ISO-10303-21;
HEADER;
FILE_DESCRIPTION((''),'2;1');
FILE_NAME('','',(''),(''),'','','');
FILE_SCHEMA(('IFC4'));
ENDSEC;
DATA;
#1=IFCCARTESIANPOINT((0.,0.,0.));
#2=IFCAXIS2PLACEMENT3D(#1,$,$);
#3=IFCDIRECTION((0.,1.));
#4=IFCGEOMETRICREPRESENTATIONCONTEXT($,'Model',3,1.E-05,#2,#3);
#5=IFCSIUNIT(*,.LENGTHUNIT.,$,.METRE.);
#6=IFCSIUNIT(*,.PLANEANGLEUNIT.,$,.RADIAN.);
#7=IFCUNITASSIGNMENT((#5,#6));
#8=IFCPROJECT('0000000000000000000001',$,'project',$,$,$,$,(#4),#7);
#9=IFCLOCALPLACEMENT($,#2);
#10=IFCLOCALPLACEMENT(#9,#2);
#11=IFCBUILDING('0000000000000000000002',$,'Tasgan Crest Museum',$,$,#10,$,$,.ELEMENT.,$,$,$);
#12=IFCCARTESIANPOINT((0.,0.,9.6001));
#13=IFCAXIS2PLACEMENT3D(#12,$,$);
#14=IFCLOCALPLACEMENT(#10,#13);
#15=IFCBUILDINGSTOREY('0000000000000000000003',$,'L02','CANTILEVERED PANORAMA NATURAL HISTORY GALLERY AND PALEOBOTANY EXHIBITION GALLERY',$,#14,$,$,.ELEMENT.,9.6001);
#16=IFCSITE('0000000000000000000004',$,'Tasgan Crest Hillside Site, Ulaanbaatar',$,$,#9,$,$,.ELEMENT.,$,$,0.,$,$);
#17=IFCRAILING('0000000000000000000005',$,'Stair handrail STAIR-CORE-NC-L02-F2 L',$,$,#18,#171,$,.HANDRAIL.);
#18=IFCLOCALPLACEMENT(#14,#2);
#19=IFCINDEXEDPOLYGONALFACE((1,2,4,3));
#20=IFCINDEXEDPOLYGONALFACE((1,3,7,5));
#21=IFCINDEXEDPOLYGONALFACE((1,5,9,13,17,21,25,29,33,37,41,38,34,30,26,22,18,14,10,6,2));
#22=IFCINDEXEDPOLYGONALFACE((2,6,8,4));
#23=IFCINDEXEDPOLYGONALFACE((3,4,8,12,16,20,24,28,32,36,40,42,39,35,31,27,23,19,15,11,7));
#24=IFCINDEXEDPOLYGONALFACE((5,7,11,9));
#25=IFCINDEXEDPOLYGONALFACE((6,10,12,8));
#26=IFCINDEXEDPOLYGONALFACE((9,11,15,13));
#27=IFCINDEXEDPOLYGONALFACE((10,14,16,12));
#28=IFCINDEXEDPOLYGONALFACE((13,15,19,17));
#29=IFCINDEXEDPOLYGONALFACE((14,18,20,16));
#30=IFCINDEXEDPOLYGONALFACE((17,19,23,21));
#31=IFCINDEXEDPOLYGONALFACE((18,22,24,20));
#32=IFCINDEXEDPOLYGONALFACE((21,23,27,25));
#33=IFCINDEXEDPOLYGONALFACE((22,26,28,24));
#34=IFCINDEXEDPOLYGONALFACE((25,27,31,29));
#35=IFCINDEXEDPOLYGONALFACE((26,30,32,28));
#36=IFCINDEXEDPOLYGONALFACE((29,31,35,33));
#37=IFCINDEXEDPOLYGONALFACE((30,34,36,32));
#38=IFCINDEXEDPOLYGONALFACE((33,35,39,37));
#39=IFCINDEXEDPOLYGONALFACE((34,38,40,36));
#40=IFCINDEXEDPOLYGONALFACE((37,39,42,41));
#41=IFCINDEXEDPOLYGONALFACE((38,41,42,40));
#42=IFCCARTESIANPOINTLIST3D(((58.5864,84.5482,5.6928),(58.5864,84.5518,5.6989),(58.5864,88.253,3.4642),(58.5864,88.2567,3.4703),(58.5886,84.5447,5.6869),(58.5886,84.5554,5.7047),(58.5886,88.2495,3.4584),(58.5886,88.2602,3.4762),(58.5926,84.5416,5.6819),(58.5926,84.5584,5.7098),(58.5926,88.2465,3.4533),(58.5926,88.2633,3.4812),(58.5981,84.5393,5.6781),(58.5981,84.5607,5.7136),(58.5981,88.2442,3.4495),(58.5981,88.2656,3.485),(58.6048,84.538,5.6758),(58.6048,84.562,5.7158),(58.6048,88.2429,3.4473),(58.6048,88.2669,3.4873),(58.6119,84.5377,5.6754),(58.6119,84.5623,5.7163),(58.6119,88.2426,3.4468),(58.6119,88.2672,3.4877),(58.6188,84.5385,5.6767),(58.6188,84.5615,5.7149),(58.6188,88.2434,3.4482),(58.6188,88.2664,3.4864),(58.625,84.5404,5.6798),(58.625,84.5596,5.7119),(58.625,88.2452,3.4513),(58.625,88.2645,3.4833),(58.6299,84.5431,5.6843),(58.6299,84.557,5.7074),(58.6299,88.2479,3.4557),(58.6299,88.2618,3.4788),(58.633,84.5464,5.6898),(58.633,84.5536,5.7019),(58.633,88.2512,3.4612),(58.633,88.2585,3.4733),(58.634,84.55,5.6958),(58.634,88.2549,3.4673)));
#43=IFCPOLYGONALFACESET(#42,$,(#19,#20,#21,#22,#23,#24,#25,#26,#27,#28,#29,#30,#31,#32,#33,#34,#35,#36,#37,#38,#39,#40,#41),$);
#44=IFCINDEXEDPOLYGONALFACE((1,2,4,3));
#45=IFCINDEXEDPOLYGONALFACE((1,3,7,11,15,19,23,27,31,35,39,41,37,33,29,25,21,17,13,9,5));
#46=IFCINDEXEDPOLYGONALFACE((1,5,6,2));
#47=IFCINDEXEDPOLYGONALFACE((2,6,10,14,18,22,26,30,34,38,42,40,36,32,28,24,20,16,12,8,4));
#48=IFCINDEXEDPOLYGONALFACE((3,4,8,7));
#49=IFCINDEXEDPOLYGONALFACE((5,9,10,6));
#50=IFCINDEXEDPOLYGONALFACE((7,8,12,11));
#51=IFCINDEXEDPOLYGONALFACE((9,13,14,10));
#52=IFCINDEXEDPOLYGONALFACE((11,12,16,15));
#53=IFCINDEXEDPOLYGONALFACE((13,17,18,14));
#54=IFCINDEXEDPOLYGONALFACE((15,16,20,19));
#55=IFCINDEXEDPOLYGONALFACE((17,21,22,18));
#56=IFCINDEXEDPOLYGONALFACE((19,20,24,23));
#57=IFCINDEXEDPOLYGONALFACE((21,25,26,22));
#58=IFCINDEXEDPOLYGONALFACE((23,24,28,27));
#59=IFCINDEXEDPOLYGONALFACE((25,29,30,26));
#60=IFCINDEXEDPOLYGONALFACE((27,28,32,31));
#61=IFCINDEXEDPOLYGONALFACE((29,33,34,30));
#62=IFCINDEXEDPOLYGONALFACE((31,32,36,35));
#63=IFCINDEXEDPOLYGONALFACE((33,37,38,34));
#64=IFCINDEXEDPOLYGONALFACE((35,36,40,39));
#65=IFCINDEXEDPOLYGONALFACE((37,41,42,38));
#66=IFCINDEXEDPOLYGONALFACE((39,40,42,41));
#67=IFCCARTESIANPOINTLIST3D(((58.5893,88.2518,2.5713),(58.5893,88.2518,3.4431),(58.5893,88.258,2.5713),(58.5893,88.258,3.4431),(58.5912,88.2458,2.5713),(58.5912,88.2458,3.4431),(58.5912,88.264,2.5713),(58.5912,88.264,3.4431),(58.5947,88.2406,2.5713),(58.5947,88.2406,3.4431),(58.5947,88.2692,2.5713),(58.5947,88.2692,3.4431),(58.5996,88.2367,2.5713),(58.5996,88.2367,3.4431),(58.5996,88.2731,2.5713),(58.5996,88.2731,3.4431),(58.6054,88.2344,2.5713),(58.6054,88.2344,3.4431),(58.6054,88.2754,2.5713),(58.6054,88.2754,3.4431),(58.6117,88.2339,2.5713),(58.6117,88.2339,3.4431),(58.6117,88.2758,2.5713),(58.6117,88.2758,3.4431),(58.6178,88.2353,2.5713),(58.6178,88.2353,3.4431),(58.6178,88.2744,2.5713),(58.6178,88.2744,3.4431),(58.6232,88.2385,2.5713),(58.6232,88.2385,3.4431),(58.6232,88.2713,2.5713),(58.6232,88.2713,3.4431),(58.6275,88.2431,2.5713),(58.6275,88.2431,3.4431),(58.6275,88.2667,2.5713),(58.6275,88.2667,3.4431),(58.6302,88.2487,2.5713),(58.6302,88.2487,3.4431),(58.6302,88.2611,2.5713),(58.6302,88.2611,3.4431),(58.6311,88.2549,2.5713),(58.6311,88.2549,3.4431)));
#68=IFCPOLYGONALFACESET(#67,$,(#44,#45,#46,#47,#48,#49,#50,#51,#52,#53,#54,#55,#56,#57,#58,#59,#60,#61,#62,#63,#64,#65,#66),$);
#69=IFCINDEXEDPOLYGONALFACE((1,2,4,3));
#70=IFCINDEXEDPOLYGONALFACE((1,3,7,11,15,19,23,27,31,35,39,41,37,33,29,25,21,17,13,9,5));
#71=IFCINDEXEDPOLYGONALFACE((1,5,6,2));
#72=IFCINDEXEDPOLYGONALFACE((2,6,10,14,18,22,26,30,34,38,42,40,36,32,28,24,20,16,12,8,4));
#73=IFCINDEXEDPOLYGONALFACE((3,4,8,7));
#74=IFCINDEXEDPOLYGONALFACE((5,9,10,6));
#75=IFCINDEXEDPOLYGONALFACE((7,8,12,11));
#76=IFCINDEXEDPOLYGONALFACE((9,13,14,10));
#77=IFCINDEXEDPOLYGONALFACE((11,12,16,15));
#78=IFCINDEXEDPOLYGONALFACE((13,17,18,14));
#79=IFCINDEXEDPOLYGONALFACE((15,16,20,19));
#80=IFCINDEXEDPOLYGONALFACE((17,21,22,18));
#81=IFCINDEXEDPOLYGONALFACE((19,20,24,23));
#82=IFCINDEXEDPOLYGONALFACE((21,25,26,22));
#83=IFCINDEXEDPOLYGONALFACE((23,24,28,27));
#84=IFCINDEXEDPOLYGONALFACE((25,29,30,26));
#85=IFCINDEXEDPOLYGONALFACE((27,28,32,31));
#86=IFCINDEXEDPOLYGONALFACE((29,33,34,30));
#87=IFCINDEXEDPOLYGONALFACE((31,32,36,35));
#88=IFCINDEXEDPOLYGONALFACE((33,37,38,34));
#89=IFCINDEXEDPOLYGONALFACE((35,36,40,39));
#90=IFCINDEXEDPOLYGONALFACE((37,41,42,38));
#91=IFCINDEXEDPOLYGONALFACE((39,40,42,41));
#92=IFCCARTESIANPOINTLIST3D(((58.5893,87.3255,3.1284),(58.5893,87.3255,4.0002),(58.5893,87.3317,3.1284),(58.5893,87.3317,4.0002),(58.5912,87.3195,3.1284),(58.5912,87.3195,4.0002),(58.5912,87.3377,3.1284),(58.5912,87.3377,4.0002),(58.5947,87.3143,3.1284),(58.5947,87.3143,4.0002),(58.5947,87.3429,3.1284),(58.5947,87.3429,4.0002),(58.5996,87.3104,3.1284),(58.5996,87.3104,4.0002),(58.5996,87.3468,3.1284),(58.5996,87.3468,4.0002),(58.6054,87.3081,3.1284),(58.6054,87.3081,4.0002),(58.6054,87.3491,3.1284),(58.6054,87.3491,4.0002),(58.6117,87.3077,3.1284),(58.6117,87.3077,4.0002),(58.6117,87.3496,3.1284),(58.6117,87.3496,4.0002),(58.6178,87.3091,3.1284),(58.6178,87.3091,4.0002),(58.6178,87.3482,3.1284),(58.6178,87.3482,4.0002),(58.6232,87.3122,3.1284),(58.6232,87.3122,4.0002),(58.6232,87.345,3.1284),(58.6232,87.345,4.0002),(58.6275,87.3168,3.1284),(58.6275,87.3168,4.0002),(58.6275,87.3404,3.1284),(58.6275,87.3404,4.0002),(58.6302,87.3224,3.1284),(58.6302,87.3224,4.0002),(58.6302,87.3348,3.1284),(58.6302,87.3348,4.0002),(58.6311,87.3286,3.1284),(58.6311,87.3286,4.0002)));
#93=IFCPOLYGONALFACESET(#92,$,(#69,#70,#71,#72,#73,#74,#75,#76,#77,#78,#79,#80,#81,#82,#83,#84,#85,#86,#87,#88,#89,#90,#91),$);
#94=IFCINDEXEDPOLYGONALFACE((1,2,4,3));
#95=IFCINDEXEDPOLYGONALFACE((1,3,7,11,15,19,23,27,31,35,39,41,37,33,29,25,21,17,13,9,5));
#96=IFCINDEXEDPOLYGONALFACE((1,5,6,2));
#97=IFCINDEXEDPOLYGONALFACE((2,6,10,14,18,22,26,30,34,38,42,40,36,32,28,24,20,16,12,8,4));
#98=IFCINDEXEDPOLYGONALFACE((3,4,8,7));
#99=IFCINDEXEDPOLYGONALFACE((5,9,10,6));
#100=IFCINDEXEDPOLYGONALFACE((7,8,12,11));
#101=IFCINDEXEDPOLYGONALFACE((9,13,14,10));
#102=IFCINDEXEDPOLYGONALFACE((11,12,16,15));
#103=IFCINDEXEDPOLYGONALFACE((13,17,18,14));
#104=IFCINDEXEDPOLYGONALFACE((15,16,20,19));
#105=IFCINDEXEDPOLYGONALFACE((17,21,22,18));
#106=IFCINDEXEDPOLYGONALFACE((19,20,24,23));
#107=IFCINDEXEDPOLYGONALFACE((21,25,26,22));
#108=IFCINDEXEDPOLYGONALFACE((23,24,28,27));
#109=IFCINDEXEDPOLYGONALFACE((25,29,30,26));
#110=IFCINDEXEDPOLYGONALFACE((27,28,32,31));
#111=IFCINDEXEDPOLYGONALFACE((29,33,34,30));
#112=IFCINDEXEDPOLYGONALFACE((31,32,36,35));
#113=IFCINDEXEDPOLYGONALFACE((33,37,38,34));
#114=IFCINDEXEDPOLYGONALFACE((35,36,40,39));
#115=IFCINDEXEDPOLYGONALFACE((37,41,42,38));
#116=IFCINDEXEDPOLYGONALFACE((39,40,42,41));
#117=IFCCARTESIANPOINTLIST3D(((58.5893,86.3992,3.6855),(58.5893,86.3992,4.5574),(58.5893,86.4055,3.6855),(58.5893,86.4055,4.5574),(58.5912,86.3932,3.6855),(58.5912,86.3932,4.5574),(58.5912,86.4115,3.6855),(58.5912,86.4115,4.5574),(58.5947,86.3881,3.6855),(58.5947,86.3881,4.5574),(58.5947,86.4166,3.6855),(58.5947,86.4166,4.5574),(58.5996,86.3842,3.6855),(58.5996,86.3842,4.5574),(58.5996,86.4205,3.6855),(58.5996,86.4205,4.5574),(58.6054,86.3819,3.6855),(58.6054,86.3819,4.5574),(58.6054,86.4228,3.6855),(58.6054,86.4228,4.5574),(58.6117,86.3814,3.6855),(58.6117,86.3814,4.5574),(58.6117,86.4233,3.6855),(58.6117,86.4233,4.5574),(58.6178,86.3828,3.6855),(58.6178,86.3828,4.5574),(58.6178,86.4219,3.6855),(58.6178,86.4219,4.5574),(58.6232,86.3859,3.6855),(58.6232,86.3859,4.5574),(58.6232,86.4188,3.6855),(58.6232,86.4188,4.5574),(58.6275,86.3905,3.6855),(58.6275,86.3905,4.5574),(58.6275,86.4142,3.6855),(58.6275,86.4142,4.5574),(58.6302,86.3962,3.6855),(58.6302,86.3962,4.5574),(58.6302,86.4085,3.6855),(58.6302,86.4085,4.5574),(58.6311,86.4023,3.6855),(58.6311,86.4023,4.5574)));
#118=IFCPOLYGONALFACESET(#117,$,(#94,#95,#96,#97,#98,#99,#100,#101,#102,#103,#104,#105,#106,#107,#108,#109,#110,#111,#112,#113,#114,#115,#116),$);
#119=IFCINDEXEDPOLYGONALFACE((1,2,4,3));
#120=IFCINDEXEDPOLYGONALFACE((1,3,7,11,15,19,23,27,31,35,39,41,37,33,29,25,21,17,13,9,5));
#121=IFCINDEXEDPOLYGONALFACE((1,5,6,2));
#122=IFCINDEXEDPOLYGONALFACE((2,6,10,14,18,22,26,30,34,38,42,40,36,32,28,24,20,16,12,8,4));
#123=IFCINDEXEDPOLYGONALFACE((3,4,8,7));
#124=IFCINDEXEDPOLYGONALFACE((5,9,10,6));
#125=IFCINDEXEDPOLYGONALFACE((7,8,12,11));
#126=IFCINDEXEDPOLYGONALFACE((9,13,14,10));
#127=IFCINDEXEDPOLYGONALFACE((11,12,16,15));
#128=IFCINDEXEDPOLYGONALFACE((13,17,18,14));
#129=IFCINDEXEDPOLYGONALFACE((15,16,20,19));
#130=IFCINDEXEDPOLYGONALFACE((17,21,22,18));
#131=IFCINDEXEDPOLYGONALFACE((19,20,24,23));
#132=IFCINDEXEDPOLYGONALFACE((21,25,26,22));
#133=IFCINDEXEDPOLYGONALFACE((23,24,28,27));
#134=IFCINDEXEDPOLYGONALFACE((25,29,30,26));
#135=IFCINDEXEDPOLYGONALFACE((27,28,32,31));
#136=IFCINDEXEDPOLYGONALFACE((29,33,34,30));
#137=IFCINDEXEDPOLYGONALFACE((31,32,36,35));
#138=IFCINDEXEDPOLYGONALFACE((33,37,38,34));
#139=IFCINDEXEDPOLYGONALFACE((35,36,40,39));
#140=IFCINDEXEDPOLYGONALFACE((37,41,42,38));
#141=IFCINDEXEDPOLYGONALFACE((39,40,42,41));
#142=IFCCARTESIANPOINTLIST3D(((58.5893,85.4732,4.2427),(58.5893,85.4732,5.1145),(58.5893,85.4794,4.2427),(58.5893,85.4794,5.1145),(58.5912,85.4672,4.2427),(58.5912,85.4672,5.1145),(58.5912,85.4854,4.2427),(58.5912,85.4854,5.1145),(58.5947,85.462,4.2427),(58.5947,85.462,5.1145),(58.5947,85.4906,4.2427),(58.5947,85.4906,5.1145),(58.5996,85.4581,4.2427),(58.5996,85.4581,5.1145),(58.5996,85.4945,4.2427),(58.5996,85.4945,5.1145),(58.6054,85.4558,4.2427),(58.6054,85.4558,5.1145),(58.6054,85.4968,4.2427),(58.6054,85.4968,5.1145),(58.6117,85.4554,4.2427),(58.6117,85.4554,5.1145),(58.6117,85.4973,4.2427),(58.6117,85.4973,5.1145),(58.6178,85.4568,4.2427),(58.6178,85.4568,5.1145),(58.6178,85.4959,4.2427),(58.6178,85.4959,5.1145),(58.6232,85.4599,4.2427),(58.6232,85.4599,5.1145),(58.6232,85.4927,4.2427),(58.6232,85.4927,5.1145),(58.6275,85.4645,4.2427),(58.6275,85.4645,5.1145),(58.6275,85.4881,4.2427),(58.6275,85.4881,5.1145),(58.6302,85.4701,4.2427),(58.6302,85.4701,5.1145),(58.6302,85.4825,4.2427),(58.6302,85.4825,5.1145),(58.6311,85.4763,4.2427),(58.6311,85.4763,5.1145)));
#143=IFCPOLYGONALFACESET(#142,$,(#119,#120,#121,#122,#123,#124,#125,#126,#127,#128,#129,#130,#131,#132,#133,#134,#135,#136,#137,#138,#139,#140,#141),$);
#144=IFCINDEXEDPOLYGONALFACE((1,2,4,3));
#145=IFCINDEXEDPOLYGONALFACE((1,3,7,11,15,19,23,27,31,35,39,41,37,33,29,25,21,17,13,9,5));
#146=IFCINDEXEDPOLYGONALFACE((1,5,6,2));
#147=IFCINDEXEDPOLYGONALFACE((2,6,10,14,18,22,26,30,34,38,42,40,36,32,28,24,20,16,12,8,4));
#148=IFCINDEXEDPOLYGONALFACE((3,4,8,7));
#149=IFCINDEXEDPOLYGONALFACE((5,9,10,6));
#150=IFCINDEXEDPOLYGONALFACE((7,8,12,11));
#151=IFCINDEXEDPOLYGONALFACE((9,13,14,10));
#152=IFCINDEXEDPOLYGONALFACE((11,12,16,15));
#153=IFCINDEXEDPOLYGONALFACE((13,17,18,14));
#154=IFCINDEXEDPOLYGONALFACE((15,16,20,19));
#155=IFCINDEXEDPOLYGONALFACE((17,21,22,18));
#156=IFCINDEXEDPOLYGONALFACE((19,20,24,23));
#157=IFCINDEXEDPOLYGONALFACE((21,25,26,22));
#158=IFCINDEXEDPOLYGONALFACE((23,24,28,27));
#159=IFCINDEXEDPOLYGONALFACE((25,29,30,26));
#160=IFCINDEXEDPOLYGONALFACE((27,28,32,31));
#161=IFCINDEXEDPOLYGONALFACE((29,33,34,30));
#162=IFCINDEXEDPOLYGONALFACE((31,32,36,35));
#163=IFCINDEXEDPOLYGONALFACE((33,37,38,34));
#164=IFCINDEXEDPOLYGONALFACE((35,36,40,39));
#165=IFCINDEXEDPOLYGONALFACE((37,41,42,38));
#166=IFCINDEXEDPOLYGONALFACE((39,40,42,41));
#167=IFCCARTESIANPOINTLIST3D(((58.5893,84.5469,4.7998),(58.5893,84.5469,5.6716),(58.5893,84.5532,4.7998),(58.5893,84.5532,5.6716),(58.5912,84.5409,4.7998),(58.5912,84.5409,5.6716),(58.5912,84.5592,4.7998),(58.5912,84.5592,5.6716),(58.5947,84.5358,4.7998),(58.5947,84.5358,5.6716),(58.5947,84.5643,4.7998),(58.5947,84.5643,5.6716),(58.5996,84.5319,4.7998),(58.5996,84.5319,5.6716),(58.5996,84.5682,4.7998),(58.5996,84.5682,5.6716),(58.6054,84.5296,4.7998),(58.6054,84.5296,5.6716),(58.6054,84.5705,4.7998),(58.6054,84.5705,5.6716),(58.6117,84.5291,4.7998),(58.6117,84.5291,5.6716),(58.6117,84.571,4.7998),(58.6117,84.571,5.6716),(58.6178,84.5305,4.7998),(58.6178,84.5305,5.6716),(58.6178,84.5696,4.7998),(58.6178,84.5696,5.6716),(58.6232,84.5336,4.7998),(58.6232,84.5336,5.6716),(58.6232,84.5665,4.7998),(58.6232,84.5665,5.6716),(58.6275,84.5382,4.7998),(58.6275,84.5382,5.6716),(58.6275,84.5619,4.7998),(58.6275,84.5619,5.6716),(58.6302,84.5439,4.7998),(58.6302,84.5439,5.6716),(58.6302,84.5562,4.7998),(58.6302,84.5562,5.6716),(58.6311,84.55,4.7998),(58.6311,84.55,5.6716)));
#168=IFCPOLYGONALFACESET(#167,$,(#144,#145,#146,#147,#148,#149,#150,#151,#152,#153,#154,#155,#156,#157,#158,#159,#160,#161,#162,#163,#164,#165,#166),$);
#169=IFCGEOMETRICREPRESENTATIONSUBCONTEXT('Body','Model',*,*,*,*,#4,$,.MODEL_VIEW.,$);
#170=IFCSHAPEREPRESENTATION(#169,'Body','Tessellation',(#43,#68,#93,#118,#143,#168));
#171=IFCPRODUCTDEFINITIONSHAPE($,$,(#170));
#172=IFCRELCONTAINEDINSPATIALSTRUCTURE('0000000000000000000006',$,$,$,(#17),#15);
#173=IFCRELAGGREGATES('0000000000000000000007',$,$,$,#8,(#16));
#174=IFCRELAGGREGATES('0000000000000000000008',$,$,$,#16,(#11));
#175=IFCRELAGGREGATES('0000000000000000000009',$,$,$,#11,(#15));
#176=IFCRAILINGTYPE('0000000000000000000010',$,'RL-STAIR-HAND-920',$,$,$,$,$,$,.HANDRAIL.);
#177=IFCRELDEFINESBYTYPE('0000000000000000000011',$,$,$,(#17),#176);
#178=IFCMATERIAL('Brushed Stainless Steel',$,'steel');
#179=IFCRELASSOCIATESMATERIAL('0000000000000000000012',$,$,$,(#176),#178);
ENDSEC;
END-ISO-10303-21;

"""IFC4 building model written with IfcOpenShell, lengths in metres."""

from ifc_helpers import new_model, si_unit, direction, frame, origin, origin_2d, place, context, subcontext, project, spatial, circle, extrude, material, type_object, element, save


model = new_model("IFC4")

# Units and contexts
model_context = context("Model", 3, precision=1e-05, world=origin(), true_north=direction((0.0, 1.0)))
body_context = subcontext(model_context, "Body", "Model", "MODEL_VIEW")
ifc_project = project(units=[si_unit("LENGTHUNIT", "METRE"), si_unit("PLANEANGLEUNIT", "RADIAN")], contexts=[model_context])

# Site, building, storey
site_placement = place(None, origin())
site = spatial("IfcSite", under=ifc_project, at=site_placement, Name="Tasgan Crest Hillside Site, Ulaanbaatar", CompositionType="ELEMENT", RefElevation=0.0)
building_placement = place(site_placement, origin())
building = spatial("IfcBuilding", under=site, at=building_placement, Name="Tasgan Crest Museum", CompositionType="ELEMENT")
storey_placement = place(building_placement, frame((0.0, 0.0, 9.6001)))
storey = spatial("IfcBuildingStorey", under=building, at=storey_placement, Name="L02", Description="CANTILEVERED PANORAMA NATURAL HISTORY GALLERY AND PALEOBOTANY EXHIBITION GALLERY", CompositionType="ELEMENT", Elevation=9.6001)

# Railing
ifc_material_1 = material(Name="Brushed Stainless Steel", Category="steel")
railing_type_1 = type_object("IfcRailingType", Name="RL-STAIR-HAND-920", PredefinedType="HANDRAIL", material=ifc_material_1)
for number, where, name in (
    (1, (58.6101, 88.2549, 2.5713), "Stair handrail STAIR-CORE-NC-L02-F2 L"),
):
    element("IfcRailing", number, at=place(storey_placement, frame(where)), inside=storey, type_object=railing_type_1, Name=name, PredefinedType="HANDRAIL", context=body_context, shape_type="SweptSolid", body=[
        extrude(circle(Radius=0.0239, at=origin_2d()), frame((0.0, 0.0, 0.896), z_axis=(0.0, -0.856919, 0.51545), x_axis=(1.0, 0.0, 0.0)), (0.0, 0.0, 1.0), 4.3235),
        extrude(circle(Radius=0.021, at=origin_2d()), origin(), (0.0, 0.0, 1.0), 0.8718),
        extrude(circle(Radius=0.021, at=origin_2d()), frame((0.0, -0.9263, 0.5571)), (0.0, 0.0, 1.0), 0.8718),
        extrude(circle(Radius=0.021, at=origin_2d()), frame((0.0, -1.8525, 1.1143)), (0.0, 0.0, 1.0), 0.8718),
        extrude(circle(Radius=0.021, at=origin_2d()), frame((0.0, -2.7786, 1.6714)), (0.0, 0.0, 1.0), 0.8718),
        extrude(circle(Radius=0.021, at=origin_2d()), frame((0.0, -3.7048, 2.2285)), (0.0, 0.0, 1.0), 0.8718),
    ])

save(model, "model.ifc")
